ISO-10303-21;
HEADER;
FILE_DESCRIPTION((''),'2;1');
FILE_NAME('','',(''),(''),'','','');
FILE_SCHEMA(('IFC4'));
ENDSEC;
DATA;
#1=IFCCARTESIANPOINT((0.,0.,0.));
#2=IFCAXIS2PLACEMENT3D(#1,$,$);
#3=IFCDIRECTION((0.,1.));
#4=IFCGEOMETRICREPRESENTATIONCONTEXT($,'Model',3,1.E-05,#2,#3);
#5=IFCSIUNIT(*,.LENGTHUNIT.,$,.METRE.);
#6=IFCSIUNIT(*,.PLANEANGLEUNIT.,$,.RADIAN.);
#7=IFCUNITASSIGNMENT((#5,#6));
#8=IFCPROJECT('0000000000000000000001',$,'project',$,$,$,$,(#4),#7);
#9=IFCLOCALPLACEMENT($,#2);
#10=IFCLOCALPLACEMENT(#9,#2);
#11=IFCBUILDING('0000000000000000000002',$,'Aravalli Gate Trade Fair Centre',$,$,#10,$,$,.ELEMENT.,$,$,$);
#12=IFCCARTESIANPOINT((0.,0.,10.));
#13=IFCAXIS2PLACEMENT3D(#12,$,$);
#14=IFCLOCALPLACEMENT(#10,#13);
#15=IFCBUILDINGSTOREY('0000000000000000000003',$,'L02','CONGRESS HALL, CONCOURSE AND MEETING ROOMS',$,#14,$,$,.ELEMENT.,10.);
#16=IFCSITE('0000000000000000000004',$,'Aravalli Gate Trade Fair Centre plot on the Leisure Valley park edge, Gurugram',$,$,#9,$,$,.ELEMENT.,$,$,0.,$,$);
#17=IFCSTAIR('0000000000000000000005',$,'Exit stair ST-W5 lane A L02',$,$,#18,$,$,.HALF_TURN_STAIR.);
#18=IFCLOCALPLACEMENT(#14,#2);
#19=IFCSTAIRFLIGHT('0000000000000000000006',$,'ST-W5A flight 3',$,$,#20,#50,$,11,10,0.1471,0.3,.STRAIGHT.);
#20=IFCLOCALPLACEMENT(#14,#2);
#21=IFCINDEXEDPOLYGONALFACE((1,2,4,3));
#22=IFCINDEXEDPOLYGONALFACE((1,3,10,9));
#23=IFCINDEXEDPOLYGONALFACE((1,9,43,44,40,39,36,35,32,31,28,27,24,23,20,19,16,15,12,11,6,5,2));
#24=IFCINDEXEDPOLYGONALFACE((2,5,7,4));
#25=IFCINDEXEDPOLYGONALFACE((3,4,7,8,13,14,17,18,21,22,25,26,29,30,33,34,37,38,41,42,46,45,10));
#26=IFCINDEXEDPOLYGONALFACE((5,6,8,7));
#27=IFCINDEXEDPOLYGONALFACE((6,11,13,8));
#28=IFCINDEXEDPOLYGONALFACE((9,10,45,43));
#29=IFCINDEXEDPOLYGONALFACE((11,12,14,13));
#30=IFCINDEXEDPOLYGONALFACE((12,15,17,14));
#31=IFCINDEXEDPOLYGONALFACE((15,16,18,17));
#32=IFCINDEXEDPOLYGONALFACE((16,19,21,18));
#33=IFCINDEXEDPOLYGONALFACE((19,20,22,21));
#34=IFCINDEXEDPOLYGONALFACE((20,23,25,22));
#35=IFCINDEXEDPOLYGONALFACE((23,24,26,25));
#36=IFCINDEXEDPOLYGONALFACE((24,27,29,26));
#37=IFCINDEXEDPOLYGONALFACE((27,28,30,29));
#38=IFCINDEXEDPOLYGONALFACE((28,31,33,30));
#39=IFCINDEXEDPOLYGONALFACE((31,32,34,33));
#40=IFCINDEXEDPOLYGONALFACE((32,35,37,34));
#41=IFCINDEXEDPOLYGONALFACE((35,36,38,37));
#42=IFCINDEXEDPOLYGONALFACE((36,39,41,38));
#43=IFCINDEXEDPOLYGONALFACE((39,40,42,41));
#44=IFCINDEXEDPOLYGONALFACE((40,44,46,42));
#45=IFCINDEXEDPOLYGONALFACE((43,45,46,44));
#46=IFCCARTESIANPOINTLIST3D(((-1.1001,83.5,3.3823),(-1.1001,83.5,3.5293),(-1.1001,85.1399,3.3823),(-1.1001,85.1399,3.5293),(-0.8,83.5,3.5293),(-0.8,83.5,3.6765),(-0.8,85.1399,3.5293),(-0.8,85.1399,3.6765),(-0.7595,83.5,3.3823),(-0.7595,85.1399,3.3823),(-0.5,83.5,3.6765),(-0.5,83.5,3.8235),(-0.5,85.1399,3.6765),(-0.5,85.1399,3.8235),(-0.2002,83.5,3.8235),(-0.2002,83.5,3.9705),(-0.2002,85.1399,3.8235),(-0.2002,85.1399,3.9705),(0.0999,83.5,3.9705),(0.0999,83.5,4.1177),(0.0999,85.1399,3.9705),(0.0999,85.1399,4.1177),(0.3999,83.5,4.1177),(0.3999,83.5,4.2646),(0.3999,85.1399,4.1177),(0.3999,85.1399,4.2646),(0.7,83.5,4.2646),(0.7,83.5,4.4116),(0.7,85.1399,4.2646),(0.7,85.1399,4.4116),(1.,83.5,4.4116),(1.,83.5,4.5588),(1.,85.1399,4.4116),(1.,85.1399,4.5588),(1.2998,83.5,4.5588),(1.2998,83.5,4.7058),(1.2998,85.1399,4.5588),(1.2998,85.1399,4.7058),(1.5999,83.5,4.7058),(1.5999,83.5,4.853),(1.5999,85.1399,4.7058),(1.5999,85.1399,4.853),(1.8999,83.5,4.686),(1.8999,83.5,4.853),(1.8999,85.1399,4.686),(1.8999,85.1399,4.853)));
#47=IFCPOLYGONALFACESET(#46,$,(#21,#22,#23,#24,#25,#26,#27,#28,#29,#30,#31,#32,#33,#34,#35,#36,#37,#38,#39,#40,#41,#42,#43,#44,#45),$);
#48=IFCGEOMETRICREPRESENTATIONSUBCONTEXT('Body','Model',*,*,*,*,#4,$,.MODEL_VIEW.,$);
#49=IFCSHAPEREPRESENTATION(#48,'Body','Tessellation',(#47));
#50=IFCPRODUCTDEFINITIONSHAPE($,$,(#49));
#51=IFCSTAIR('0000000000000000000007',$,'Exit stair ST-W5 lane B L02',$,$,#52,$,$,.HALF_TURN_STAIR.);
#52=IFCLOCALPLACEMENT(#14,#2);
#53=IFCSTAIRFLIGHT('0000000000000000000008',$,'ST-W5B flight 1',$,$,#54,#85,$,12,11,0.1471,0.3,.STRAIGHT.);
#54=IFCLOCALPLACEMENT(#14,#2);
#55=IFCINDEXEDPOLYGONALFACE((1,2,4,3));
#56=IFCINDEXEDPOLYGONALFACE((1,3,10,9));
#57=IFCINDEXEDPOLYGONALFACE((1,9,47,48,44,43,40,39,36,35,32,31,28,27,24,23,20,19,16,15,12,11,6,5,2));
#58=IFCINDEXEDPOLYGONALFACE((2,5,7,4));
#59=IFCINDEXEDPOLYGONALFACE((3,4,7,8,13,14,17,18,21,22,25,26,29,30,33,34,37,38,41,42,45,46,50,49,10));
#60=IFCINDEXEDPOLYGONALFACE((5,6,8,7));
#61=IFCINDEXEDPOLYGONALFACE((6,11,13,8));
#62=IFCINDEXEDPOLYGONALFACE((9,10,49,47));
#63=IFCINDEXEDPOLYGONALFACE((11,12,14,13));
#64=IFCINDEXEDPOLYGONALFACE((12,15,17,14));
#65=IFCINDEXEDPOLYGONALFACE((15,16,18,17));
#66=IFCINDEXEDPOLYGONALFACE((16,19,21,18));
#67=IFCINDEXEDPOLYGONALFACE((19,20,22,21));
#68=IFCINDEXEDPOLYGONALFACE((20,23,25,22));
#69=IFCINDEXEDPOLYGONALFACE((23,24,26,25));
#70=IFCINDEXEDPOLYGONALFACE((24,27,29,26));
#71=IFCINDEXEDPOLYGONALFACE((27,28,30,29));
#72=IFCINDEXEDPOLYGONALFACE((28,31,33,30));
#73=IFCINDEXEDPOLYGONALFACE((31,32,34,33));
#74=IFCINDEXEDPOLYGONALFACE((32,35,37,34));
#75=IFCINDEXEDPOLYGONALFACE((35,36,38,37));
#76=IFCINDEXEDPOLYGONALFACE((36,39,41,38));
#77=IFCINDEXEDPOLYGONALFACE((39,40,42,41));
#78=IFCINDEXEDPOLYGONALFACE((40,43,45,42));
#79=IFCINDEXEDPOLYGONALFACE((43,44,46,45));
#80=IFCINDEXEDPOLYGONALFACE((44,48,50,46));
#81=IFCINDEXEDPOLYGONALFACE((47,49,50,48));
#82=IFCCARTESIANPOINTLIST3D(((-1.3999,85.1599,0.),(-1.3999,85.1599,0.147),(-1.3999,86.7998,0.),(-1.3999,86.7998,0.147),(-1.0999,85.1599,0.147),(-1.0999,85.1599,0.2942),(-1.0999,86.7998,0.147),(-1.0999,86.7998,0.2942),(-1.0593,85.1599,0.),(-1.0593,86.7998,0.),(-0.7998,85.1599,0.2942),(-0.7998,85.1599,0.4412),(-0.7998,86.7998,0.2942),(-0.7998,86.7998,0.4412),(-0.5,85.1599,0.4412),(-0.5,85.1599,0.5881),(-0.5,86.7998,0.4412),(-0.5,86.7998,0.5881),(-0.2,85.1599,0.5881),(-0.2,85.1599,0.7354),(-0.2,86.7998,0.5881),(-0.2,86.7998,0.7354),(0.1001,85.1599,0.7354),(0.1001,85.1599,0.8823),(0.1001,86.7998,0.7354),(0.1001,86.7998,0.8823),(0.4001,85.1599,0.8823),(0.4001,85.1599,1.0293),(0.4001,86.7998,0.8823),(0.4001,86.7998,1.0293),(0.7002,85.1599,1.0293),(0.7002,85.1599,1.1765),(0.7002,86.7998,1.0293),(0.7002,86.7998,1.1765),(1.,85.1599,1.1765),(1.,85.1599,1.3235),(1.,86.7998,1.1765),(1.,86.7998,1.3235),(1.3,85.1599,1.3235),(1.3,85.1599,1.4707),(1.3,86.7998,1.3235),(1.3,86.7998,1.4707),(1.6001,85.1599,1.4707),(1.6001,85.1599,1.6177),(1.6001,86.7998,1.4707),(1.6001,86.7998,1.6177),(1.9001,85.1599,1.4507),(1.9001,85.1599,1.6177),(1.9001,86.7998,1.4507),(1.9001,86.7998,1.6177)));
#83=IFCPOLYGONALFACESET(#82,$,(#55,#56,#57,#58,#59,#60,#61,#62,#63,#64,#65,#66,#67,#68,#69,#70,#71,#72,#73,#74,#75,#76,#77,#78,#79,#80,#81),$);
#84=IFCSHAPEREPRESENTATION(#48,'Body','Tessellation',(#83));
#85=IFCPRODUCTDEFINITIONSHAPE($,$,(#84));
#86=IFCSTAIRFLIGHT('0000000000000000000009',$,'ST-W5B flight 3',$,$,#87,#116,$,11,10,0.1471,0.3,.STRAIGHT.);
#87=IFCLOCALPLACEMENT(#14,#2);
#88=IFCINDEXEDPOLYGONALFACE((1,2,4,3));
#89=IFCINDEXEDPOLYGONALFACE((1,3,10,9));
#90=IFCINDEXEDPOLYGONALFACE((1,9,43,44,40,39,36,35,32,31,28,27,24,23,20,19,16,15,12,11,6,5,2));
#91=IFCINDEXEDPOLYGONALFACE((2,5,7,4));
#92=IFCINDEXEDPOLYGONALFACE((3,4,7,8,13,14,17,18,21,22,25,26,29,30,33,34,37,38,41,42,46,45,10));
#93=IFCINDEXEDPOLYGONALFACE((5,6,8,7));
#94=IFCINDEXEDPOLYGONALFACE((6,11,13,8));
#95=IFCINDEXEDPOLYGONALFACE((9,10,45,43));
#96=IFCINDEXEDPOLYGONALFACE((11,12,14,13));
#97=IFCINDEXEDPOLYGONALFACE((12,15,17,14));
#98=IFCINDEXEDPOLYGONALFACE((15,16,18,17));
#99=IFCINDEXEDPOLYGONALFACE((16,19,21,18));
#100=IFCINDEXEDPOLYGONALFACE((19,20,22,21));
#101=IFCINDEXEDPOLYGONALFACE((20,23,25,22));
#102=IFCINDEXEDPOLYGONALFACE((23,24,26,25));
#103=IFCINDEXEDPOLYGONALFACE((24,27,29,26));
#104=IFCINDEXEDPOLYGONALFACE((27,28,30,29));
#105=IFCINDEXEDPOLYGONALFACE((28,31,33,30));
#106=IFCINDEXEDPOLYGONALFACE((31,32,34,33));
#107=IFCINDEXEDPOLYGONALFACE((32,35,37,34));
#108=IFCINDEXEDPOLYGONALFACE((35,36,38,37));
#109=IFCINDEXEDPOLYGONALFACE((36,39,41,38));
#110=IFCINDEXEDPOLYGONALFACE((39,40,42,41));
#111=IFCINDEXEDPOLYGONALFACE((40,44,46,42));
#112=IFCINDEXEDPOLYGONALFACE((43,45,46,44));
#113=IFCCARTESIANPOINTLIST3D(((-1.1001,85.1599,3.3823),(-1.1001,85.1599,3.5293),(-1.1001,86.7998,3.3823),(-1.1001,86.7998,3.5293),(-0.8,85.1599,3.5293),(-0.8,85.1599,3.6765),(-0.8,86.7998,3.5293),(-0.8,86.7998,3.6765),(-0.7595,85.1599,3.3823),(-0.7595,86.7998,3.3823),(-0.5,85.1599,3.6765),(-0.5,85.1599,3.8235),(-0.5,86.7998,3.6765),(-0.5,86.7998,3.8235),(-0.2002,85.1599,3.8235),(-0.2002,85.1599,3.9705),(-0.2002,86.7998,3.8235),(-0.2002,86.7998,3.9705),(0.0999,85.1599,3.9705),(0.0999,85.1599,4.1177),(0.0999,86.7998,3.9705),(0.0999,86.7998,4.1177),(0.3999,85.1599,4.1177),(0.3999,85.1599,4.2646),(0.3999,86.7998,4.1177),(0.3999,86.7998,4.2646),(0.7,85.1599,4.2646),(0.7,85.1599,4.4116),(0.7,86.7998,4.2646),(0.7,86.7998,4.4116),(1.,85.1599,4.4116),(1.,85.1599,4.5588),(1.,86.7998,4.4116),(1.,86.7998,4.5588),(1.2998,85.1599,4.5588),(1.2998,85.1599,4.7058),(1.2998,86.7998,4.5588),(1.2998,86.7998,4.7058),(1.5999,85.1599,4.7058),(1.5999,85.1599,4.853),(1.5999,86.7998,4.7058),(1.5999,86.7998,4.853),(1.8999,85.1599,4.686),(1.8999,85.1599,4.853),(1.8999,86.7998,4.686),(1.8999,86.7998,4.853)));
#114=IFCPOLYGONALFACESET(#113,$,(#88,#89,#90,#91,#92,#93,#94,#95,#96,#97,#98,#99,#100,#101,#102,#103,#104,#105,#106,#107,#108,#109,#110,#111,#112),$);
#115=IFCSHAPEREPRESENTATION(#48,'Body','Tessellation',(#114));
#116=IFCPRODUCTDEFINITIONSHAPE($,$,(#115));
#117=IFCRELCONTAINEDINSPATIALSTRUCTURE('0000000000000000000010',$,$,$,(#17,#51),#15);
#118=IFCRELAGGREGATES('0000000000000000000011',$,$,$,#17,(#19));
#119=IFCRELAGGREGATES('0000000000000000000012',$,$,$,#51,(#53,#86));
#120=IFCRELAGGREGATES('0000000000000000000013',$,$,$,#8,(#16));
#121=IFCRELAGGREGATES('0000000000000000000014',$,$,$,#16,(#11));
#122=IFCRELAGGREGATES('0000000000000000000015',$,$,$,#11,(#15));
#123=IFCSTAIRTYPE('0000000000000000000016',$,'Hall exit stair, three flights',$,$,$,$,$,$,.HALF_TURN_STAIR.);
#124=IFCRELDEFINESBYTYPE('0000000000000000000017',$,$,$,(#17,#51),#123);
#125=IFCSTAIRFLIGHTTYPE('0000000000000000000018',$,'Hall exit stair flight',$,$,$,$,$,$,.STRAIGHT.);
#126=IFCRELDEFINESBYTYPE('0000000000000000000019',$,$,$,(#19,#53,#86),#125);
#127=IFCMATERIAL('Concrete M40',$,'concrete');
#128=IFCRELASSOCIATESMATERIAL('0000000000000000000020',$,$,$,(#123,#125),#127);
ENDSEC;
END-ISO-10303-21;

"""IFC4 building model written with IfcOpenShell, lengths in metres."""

from ifc_helpers import new_model, si_unit, direction, frame, origin, place, context, subcontext, project, spatial, polyline, outline, extrude, material, type_object, element, aggregate, save


model = new_model("IFC4")

# Units and contexts
model_context = context("Model", 3, precision=1e-05, world=origin(), true_north=direction((0.0, 1.0)))
body_context = subcontext(model_context, "Body", "Model", "MODEL_VIEW")
ifc_project = project(units=[si_unit("LENGTHUNIT", "METRE"), si_unit("PLANEANGLEUNIT", "RADIAN")], contexts=[model_context])

# Site, building, storey
site_placement = place(None, origin())
site = spatial("IfcSite", under=ifc_project, at=site_placement, Name="Aravalli Gate Trade Fair Centre plot on the Leisure Valley park edge, Gurugram", CompositionType="ELEMENT", RefElevation=0.0)
building_placement = place(site_placement, origin())
building = spatial("IfcBuilding", under=site, at=building_placement, Name="Aravalli Gate Trade Fair Centre", CompositionType="ELEMENT")
storey_placement = place(building_placement, frame((0.0, 0.0, 10.0)))
storey = spatial("IfcBuildingStorey", under=building, at=storey_placement, Name="L02", Description="CONGRESS HALL, CONCOURSE AND MEETING ROOMS", CompositionType="ELEMENT", Elevation=10.0)

# Shared definitions
ifc_material_1 = material(Name="Concrete M40", Category="concrete")

# Stairs, stair flights
stair_type = type_object("IfcStairType", Name="Hall exit stair, three flights", PredefinedType="HALF_TURN_STAIR", material=ifc_material_1)
stair_flight_type = type_object("IfcStairFlightType", Name="Hall exit stair flight", PredefinedType="STRAIGHT", material=ifc_material_1)
stair_1_placement = place(storey_placement, origin())
stair_1 = element("IfcStair", 1, at=stair_1_placement, inside=storey, type_object=stair_type, Name="Exit stair ST-W5 lane A L02", PredefinedType="HALF_TURN_STAIR")
stair_flight_1_placement = place(storey_placement, frame((-1.1001, 84.3201, 3.3823), z_axis=(0.0, 0.0, 1.0), x_axis=(1.0, 0.0, 0.0)))
stair_flight_1 = element("IfcStairFlight", 2, at=stair_flight_1_placement, type_object=stair_flight_type, Name="ST-W5A flight 3", NumberOfRisers=11, NumberOfTreads=10, PredefinedType="STRAIGHT", RiserHeight=0.1471, TreadLength=0.3, context=body_context, shape_type="SweptSolid", body=[
    extrude(outline(polyline([(0.0, 0.0), (0.0, 0.147), (0.3, 0.147), (0.3, 0.2942), (0.6001, 0.2942), (0.6001, 0.4412), (0.8999, 0.4412), (0.8999, 0.5881), (1.2, 0.5881), (1.2, 0.7354), (1.5, 0.7354), (1.5, 0.8823), (1.8, 0.8823), (1.8, 1.0293), (2.1001, 1.0293), (2.1001, 1.1765), (2.3999, 1.1765), (2.3999, 1.3235), (2.7, 1.3235), (2.7, 1.4707), (3.0, 1.4707), (3.0, 1.6177), (3.0, 1.3037), (0.3406, 0.0), (0.0, 0.0)])), frame((0.0, 0.8198, 0.0), z_axis=(0.0, -1.0, 0.0), x_axis=(1.0, 0.0, 0.0)), (0.0, 0.0, 1.0), 1.6399),
])
aggregate(stair_1, [stair_flight_1])
stair_2_placement = place(storey_placement, origin())
stair_2 = element("IfcStair", 3, at=stair_2_placement, inside=storey, type_object=stair_type, Name="Exit stair ST-W5 lane B L02", PredefinedType="HALF_TURN_STAIR")
stair_flight_2_placement = place(storey_placement, frame((-1.3999, 85.98, 0.0), z_axis=(0.0, 0.0, 1.0), x_axis=(1.0, 0.0, 0.0)))
stair_flight_2 = element("IfcStairFlight", 4, at=stair_flight_2_placement, type_object=stair_flight_type, Name="ST-W5B flight 1", NumberOfRisers=12, NumberOfTreads=11, PredefinedType="STRAIGHT", RiserHeight=0.1471, TreadLength=0.3, context=body_context, shape_type="SweptSolid", body=[
    extrude(outline(polyline([(0.0, 0.0), (0.0, 0.147), (0.3, 0.147), (0.3, 0.2942), (0.6001, 0.2942), (0.6001, 0.4412), (0.8999, 0.4412), (0.8999, 0.5881), (1.2, 0.5881), (1.2, 0.7354), (1.5, 0.7354), (1.5, 0.8823), (1.8, 0.8823), (1.8, 1.0293), (2.1001, 1.0293), (2.1001, 1.1765), (2.3999, 1.1765), (2.3999, 1.3235), (2.7, 1.3235), (2.7, 1.4707), (3.0, 1.4707), (3.0, 1.6177), (3.3, 1.6177), (3.3, 1.7646), (3.3, 1.4507), (0.3406, 0.0), (0.0, 0.0)])), frame((0.0, 0.8198, 0.0), z_axis=(0.0, -1.0, 0.0), x_axis=(1.0, 0.0, 0.0)), (0.0, 0.0, 1.0), 1.6399),
])
stair_flight_3_placement = place(storey_placement, frame((-1.1001, 85.98, 3.3823), z_axis=(0.0, 0.0, 1.0), x_axis=(1.0, 0.0, 0.0)))
stair_flight_3 = element("IfcStairFlight", 5, at=stair_flight_3_placement, type_object=stair_flight_type, Name="ST-W5B flight 3", NumberOfRisers=11, NumberOfTreads=10, PredefinedType="STRAIGHT", RiserHeight=0.1471, TreadLength=0.3, context=body_context, shape_type="SweptSolid", body=[
    extrude(outline(polyline([(0.0, 0.0), (0.0, 0.147), (0.3, 0.147), (0.3, 0.2942), (0.6001, 0.2942), (0.6001, 0.4412), (0.8999, 0.4412), (0.8999, 0.5881), (1.2, 0.5881), (1.2, 0.7354), (1.5, 0.7354), (1.5, 0.8823), (1.8, 0.8823), (1.8, 1.0293), (2.1001, 1.0293), (2.1001, 1.1765), (2.3999, 1.1765), (2.3999, 1.3235), (2.7, 1.3235), (2.7, 1.4707), (3.0, 1.4707), (3.0, 1.6177), (3.0, 1.3037), (0.3406, 0.0), (0.0, 0.0)])), frame((0.0, 0.8198, 0.0), z_axis=(0.0, -1.0, 0.0), x_axis=(1.0, 0.0, 0.0)), (0.0, 0.0, 1.0), 1.6399),
])
aggregate(stair_2, [stair_flight_2, stair_flight_3])

save(model, "model.ifc")
